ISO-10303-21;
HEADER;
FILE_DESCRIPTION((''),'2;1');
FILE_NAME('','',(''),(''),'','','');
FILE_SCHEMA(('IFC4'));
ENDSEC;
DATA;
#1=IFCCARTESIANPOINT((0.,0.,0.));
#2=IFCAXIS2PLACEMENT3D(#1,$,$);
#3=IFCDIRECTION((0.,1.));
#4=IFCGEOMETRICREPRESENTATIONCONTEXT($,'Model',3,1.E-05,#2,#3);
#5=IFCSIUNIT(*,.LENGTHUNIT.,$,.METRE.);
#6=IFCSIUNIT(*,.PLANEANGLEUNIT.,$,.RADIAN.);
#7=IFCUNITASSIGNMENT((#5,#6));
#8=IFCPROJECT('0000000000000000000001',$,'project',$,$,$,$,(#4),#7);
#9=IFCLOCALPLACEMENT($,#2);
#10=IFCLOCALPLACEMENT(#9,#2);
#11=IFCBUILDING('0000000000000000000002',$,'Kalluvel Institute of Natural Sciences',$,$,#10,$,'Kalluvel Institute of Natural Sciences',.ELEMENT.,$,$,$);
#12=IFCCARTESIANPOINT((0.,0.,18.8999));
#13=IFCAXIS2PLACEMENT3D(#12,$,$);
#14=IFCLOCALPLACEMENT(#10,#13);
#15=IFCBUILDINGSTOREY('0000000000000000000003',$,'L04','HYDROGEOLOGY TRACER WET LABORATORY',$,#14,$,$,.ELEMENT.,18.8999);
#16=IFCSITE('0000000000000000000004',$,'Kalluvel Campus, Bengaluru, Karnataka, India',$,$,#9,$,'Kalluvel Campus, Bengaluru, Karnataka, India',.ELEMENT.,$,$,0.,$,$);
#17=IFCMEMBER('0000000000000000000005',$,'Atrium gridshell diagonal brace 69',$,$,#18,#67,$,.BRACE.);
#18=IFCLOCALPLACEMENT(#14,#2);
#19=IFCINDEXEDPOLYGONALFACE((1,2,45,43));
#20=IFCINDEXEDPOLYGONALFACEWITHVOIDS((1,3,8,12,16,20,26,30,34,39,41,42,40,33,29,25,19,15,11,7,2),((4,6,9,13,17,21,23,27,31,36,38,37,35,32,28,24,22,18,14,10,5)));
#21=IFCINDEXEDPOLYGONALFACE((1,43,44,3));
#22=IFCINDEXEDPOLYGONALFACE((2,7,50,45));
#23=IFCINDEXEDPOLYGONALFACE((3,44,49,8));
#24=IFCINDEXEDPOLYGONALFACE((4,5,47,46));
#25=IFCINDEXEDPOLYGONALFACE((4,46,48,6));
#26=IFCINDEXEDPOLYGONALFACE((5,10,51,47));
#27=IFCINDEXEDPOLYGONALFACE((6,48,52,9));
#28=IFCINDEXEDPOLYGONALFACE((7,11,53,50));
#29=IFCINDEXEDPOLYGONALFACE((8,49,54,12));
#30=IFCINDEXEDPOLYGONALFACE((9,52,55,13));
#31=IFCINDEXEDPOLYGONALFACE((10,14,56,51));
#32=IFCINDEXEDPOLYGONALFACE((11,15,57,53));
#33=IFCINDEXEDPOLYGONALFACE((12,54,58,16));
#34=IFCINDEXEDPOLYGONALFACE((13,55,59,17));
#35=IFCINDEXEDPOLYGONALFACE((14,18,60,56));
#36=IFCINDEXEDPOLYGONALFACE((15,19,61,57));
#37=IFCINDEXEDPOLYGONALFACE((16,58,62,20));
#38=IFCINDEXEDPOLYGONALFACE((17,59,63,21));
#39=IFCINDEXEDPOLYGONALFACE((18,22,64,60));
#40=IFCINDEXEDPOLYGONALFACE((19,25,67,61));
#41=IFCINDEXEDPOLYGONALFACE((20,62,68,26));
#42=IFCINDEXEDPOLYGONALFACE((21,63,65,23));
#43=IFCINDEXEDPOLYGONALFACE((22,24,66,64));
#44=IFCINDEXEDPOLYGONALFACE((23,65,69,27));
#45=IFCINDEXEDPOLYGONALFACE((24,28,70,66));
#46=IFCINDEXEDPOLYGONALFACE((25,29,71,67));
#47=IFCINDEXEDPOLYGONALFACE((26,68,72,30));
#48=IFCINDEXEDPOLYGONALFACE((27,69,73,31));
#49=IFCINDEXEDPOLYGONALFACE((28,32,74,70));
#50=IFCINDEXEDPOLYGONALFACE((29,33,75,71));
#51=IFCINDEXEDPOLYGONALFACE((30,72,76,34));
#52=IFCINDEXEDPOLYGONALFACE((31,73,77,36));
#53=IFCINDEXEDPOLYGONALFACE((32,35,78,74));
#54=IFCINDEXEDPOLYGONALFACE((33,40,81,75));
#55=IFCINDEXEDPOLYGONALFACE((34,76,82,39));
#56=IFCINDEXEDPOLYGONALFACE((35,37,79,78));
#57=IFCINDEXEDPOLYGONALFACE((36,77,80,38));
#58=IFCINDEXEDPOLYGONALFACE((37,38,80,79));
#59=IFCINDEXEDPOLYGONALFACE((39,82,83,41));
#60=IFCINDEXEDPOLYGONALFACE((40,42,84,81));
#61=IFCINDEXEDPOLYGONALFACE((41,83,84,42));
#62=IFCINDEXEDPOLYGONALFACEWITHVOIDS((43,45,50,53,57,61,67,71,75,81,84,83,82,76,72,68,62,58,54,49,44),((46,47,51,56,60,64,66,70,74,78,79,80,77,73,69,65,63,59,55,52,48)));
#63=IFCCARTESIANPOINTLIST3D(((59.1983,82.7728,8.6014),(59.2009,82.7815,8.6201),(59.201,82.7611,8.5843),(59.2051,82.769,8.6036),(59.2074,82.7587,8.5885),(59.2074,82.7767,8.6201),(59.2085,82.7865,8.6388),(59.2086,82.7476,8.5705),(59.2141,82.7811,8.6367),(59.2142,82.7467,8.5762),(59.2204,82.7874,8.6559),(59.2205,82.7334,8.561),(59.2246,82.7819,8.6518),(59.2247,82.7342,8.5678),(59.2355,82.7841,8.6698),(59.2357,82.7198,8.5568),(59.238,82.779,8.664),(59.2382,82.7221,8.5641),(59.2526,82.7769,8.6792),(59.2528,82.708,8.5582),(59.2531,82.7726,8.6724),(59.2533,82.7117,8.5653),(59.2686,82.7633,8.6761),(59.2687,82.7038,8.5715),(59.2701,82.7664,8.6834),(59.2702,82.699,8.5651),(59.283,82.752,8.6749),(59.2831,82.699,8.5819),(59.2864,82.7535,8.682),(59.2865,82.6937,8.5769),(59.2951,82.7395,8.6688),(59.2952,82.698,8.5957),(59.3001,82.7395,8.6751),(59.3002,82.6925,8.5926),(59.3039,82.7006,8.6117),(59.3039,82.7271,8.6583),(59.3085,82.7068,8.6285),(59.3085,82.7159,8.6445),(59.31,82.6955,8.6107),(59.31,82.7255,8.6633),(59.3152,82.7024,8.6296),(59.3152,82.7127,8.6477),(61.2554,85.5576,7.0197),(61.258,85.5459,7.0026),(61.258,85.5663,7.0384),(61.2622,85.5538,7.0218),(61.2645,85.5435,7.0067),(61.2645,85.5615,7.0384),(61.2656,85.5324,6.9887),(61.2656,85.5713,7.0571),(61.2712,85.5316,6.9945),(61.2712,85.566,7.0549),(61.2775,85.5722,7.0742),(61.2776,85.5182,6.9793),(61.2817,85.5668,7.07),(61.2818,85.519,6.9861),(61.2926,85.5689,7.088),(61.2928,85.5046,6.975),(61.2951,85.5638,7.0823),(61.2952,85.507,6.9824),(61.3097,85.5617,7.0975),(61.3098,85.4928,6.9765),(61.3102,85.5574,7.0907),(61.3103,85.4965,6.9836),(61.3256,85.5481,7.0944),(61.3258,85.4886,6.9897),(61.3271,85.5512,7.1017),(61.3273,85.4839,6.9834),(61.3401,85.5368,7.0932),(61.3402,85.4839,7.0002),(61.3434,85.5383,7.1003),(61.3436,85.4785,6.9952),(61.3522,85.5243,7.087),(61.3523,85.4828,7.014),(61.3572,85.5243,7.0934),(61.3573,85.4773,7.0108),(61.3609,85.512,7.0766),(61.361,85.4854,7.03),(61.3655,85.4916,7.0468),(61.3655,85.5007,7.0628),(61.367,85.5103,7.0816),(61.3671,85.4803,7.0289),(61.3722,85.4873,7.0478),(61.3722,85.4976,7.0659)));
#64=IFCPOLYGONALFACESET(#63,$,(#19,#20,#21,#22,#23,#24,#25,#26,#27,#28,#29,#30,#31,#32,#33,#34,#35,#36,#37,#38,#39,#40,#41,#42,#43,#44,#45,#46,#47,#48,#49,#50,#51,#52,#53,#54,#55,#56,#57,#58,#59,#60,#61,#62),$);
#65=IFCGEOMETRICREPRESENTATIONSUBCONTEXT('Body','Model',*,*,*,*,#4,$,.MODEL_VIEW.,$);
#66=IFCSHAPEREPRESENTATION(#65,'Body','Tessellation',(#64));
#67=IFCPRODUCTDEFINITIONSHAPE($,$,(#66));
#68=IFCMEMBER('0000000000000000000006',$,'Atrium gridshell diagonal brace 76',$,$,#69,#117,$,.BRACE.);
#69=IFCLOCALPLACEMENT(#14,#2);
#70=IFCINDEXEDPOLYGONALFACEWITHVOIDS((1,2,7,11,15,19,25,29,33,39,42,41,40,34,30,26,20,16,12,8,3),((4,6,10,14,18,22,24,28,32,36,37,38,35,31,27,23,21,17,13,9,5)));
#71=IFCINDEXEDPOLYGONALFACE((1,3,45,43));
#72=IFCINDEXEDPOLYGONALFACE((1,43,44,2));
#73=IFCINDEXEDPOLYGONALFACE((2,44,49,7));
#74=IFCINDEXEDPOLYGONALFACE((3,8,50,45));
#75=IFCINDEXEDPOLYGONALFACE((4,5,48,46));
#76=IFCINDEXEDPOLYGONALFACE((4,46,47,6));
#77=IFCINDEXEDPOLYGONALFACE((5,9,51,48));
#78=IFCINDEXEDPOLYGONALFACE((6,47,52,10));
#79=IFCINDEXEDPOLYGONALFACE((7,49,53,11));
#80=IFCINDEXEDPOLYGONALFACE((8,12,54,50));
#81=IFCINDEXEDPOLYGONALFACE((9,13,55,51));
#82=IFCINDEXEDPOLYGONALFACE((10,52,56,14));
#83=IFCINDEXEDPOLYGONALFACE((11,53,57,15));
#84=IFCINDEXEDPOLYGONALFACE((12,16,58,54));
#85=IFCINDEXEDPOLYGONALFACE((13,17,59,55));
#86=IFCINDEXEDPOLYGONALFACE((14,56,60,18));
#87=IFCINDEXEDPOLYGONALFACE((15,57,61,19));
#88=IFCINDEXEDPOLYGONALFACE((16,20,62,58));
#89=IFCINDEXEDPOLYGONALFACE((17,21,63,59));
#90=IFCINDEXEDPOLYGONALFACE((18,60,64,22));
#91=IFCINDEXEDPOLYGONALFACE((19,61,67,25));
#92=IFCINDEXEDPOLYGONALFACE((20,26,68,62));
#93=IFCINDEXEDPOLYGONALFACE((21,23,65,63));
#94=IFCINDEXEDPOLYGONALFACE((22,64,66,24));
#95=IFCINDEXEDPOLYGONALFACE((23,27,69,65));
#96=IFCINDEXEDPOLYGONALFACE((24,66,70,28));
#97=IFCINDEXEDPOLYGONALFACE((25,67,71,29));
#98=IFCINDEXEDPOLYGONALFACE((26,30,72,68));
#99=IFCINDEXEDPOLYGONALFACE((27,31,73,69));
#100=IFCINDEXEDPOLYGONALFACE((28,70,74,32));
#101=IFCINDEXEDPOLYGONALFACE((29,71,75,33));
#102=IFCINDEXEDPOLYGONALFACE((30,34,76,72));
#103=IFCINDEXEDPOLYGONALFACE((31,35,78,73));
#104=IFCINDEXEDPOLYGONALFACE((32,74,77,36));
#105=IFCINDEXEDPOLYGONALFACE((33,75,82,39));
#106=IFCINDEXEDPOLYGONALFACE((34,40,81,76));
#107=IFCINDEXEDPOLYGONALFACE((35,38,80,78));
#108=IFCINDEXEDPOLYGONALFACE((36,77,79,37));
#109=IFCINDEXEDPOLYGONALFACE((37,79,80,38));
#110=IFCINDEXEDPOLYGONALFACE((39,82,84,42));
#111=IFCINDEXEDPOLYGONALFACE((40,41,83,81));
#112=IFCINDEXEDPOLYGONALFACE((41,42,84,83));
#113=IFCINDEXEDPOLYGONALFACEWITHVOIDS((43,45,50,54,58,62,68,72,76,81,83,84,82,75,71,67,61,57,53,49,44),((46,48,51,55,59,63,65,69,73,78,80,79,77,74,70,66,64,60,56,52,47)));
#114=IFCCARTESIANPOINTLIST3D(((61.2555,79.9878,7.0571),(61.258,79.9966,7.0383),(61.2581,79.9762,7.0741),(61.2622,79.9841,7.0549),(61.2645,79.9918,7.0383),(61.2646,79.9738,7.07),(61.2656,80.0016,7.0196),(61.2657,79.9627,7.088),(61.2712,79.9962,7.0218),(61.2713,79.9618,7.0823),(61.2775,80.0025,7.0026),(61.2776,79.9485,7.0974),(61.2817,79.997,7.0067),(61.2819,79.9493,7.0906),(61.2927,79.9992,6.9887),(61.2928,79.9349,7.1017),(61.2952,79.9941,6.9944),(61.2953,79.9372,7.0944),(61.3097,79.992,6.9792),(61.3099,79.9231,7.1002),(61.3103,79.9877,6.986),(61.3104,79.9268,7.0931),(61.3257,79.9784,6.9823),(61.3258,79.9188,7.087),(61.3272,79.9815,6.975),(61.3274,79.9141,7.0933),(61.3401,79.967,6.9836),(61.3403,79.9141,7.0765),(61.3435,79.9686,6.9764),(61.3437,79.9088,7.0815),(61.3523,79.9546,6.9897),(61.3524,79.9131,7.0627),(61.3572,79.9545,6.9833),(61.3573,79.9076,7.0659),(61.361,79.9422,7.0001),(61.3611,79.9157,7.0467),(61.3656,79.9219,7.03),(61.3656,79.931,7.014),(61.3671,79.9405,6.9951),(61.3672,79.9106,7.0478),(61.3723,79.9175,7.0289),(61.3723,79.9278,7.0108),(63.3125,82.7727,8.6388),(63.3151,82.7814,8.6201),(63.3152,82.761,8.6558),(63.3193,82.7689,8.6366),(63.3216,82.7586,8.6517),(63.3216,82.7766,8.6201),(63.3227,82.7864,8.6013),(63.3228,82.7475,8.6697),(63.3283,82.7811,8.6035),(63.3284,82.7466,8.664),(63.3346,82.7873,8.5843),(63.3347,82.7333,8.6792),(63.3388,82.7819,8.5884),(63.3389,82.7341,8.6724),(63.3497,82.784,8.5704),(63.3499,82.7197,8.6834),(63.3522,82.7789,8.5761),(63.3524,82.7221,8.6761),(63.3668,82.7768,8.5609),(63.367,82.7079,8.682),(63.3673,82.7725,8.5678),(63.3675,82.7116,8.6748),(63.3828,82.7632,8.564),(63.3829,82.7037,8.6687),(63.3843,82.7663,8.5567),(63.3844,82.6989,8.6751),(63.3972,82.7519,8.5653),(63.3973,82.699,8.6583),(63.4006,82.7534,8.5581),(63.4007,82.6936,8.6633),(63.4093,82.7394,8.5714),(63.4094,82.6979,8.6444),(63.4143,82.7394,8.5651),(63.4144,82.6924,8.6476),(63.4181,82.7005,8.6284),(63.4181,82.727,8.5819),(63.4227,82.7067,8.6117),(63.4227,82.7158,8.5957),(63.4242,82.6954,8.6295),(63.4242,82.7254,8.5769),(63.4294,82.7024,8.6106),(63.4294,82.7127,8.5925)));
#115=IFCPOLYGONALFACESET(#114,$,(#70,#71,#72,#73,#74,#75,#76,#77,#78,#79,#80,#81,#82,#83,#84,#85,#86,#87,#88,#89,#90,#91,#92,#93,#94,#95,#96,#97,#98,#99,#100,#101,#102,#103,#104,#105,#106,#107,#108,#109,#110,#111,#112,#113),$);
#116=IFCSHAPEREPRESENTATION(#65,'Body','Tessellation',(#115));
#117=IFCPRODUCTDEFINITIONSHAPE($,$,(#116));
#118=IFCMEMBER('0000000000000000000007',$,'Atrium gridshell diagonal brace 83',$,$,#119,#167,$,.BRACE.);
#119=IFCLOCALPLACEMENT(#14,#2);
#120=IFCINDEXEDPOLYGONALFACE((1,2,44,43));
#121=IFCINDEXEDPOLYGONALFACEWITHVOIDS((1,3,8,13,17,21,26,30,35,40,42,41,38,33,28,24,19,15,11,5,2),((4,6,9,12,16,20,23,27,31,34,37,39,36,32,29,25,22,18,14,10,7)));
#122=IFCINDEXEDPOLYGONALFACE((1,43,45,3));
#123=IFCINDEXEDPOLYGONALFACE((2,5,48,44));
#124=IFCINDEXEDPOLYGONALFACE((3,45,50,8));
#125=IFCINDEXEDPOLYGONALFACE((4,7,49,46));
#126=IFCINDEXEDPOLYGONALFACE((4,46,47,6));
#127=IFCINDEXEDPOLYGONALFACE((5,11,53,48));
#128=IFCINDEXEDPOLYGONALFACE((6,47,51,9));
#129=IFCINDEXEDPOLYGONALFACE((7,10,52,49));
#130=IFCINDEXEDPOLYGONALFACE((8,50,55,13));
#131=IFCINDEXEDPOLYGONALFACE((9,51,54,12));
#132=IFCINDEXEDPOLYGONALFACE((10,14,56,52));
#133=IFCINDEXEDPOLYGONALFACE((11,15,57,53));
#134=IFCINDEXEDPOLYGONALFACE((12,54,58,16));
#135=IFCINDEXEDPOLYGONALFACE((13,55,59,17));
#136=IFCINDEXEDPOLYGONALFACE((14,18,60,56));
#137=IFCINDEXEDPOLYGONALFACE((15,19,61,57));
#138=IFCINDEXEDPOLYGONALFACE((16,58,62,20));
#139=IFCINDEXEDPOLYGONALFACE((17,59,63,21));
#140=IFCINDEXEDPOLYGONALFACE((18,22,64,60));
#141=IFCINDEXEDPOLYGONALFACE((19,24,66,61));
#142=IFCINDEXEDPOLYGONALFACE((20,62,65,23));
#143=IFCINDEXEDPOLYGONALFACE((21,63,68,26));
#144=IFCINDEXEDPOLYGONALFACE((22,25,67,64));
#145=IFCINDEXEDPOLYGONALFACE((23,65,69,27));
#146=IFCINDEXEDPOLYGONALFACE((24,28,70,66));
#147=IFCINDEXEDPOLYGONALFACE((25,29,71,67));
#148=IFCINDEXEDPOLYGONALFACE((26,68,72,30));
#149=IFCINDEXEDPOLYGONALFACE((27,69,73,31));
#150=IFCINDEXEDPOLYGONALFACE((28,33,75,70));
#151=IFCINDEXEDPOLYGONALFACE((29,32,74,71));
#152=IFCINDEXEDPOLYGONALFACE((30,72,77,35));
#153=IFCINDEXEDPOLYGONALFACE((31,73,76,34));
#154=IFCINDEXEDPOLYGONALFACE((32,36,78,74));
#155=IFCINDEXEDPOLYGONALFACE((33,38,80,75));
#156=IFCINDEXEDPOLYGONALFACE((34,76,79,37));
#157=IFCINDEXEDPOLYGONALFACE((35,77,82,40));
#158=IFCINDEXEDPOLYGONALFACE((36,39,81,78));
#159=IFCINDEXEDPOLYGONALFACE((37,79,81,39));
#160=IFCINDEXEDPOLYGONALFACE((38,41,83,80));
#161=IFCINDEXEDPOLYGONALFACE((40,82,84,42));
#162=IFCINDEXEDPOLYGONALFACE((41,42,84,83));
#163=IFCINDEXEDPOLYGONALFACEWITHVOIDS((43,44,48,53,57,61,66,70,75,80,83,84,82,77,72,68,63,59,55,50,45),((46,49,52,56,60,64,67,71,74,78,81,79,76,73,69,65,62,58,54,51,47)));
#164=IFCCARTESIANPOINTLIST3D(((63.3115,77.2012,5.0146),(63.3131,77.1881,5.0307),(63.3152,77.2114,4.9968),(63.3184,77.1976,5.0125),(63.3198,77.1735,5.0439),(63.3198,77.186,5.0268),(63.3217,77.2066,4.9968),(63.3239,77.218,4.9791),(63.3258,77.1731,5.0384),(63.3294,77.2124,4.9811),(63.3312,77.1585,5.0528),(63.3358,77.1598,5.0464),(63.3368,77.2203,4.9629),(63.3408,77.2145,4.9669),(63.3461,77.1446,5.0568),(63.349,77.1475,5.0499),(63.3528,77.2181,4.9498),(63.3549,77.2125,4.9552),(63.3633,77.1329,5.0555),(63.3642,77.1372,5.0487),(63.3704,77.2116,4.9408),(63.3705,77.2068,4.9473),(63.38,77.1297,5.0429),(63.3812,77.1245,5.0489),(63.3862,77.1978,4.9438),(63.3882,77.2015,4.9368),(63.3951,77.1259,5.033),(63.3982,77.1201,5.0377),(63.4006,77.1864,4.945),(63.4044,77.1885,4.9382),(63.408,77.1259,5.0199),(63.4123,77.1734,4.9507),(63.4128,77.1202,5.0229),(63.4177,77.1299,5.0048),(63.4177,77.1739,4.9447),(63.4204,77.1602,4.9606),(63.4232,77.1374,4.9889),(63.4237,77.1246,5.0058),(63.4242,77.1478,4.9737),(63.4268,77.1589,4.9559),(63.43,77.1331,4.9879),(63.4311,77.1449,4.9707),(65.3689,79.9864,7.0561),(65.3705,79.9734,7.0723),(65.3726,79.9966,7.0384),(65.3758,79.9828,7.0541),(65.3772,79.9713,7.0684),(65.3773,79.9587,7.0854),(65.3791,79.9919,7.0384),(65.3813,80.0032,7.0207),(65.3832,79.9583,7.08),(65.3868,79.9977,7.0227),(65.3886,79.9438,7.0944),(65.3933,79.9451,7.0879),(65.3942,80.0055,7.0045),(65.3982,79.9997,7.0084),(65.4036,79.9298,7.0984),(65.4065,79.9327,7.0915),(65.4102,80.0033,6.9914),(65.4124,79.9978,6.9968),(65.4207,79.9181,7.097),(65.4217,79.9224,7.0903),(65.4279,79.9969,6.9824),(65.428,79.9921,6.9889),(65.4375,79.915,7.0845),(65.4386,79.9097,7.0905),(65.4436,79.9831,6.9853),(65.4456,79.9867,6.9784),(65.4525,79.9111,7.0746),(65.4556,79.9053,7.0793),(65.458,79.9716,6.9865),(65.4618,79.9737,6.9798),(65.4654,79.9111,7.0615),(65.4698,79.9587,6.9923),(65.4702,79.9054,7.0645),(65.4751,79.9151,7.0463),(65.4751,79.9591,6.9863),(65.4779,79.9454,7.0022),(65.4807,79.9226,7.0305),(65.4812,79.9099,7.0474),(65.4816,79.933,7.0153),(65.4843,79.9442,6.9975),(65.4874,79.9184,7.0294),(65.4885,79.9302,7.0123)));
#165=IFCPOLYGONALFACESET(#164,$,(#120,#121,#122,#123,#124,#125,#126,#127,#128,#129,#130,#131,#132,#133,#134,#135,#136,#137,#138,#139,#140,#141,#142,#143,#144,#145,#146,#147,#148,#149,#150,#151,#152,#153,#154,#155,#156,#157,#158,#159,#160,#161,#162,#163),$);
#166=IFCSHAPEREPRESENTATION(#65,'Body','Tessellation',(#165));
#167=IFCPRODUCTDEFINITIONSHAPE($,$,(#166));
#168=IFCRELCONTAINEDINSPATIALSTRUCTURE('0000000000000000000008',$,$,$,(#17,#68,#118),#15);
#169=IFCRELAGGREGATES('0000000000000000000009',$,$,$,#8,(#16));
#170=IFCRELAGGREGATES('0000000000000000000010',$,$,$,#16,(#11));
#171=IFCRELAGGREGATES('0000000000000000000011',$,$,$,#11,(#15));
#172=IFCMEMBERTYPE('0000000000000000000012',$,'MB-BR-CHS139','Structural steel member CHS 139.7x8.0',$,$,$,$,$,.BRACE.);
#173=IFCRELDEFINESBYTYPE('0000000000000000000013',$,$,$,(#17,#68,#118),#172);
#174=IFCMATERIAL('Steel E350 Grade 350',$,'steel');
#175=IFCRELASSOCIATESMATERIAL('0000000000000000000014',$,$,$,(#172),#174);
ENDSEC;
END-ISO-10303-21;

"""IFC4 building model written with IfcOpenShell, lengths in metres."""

from ifc_helpers import new_model, si_unit, direction, frame, origin, origin_2d, place, context, subcontext, project, spatial, hollow_circle, extrude, material, material_profile, profile_set, type_object, element, save


model = new_model("IFC4")

# Units and contexts
model_context = context("Model", 3, precision=1e-05, world=origin(), true_north=direction((0.0, 1.0)))
body_context = subcontext(model_context, "Body", "Model", "MODEL_VIEW")
ifc_project = project(units=[si_unit("LENGTHUNIT", "METRE"), si_unit("PLANEANGLEUNIT", "RADIAN")], contexts=[model_context])

# Site, building, storey
site_placement = place(None, origin())
site = spatial("IfcSite", under=ifc_project, at=site_placement, Name="Kalluvel Campus, Bengaluru, Karnataka, India", LongName="Kalluvel Campus, Bengaluru, Karnataka, India", CompositionType="ELEMENT", RefElevation=0.0)
building_placement = place(site_placement, origin())
building = spatial("IfcBuilding", under=site, at=building_placement, Name="Kalluvel Institute of Natural Sciences", LongName="Kalluvel Institute of Natural Sciences", CompositionType="ELEMENT")
storey_placement = place(building_placement, frame((0.0, 0.0, 18.8999)))
storey = spatial("IfcBuildingStorey", under=building, at=storey_placement, Name="L04", Description="HYDROGEOLOGY TRACER WET LABORATORY", CompositionType="ELEMENT", Elevation=18.8999)

# Members
ifc_material_1 = material(Name="Steel E350 Grade 350", Category="steel")
ifc_material_profile_1 = material_profile(ifc_material_1, hollow_circle(Radius=0.0698, WallThickness=0.0081, at=origin_2d()), Name="CHS 139.7x8.0")
ifc_profile_set_1 = profile_set([ifc_material_profile_1], Name="Steel E350 Grade 350")
member_type_1 = type_object("IfcMemberType", Name="MB-BR-CHS139", Description="Structural steel member CHS 139.7x8.0", PredefinedType="BRACE", material=ifc_profile_set_1)
for number, where, z_axis, x_axis, name in (
    (1, (59.2571, 82.74, 8.6201), (0.540423, 0.731617, -0.415547), (-0.804353, 0.594151, 0.0), "Atrium gridshell diagonal brace 69"),
    (2, (61.3142, 79.9551, 7.0383), (0.540423, 0.731617, 0.415547), (-0.804353, 0.594151, 0.0), "Atrium gridshell diagonal brace 76"),
):
    element("IfcMember", number, at=place(storey_placement, frame(where, z_axis=z_axis, x_axis=x_axis)), inside=storey, type_object=member_type_1, Name=name, PredefinedType="BRACE", context=body_context, shape_type="SweptSolid", body=[
        extrude(hollow_circle(Radius=0.0698, WallThickness=0.0081, at=origin_2d()), origin(), (0.0, 0.0, 1.0), 3.8064),
    ])
member_1_placement = place(storey_placement, frame((63.3713, 77.1699, 4.9968), z_axis=(0.511828, 0.692885, 0.507881), x_axis=(-0.804345, 0.594163, 0.0)))
element("IfcMember", 3, at=member_1_placement, inside=storey, type_object=member_type_1, Name="Atrium gridshell diagonal brace 83", PredefinedType="BRACE", context=body_context, shape_type="SweptSolid", body=[
    extrude(hollow_circle(Radius=0.0698, WallThickness=0.0081, at=origin_2d()), origin(), (0.0, 0.0, 1.0), 4.0198),
])

save(model, "model.ifc")
